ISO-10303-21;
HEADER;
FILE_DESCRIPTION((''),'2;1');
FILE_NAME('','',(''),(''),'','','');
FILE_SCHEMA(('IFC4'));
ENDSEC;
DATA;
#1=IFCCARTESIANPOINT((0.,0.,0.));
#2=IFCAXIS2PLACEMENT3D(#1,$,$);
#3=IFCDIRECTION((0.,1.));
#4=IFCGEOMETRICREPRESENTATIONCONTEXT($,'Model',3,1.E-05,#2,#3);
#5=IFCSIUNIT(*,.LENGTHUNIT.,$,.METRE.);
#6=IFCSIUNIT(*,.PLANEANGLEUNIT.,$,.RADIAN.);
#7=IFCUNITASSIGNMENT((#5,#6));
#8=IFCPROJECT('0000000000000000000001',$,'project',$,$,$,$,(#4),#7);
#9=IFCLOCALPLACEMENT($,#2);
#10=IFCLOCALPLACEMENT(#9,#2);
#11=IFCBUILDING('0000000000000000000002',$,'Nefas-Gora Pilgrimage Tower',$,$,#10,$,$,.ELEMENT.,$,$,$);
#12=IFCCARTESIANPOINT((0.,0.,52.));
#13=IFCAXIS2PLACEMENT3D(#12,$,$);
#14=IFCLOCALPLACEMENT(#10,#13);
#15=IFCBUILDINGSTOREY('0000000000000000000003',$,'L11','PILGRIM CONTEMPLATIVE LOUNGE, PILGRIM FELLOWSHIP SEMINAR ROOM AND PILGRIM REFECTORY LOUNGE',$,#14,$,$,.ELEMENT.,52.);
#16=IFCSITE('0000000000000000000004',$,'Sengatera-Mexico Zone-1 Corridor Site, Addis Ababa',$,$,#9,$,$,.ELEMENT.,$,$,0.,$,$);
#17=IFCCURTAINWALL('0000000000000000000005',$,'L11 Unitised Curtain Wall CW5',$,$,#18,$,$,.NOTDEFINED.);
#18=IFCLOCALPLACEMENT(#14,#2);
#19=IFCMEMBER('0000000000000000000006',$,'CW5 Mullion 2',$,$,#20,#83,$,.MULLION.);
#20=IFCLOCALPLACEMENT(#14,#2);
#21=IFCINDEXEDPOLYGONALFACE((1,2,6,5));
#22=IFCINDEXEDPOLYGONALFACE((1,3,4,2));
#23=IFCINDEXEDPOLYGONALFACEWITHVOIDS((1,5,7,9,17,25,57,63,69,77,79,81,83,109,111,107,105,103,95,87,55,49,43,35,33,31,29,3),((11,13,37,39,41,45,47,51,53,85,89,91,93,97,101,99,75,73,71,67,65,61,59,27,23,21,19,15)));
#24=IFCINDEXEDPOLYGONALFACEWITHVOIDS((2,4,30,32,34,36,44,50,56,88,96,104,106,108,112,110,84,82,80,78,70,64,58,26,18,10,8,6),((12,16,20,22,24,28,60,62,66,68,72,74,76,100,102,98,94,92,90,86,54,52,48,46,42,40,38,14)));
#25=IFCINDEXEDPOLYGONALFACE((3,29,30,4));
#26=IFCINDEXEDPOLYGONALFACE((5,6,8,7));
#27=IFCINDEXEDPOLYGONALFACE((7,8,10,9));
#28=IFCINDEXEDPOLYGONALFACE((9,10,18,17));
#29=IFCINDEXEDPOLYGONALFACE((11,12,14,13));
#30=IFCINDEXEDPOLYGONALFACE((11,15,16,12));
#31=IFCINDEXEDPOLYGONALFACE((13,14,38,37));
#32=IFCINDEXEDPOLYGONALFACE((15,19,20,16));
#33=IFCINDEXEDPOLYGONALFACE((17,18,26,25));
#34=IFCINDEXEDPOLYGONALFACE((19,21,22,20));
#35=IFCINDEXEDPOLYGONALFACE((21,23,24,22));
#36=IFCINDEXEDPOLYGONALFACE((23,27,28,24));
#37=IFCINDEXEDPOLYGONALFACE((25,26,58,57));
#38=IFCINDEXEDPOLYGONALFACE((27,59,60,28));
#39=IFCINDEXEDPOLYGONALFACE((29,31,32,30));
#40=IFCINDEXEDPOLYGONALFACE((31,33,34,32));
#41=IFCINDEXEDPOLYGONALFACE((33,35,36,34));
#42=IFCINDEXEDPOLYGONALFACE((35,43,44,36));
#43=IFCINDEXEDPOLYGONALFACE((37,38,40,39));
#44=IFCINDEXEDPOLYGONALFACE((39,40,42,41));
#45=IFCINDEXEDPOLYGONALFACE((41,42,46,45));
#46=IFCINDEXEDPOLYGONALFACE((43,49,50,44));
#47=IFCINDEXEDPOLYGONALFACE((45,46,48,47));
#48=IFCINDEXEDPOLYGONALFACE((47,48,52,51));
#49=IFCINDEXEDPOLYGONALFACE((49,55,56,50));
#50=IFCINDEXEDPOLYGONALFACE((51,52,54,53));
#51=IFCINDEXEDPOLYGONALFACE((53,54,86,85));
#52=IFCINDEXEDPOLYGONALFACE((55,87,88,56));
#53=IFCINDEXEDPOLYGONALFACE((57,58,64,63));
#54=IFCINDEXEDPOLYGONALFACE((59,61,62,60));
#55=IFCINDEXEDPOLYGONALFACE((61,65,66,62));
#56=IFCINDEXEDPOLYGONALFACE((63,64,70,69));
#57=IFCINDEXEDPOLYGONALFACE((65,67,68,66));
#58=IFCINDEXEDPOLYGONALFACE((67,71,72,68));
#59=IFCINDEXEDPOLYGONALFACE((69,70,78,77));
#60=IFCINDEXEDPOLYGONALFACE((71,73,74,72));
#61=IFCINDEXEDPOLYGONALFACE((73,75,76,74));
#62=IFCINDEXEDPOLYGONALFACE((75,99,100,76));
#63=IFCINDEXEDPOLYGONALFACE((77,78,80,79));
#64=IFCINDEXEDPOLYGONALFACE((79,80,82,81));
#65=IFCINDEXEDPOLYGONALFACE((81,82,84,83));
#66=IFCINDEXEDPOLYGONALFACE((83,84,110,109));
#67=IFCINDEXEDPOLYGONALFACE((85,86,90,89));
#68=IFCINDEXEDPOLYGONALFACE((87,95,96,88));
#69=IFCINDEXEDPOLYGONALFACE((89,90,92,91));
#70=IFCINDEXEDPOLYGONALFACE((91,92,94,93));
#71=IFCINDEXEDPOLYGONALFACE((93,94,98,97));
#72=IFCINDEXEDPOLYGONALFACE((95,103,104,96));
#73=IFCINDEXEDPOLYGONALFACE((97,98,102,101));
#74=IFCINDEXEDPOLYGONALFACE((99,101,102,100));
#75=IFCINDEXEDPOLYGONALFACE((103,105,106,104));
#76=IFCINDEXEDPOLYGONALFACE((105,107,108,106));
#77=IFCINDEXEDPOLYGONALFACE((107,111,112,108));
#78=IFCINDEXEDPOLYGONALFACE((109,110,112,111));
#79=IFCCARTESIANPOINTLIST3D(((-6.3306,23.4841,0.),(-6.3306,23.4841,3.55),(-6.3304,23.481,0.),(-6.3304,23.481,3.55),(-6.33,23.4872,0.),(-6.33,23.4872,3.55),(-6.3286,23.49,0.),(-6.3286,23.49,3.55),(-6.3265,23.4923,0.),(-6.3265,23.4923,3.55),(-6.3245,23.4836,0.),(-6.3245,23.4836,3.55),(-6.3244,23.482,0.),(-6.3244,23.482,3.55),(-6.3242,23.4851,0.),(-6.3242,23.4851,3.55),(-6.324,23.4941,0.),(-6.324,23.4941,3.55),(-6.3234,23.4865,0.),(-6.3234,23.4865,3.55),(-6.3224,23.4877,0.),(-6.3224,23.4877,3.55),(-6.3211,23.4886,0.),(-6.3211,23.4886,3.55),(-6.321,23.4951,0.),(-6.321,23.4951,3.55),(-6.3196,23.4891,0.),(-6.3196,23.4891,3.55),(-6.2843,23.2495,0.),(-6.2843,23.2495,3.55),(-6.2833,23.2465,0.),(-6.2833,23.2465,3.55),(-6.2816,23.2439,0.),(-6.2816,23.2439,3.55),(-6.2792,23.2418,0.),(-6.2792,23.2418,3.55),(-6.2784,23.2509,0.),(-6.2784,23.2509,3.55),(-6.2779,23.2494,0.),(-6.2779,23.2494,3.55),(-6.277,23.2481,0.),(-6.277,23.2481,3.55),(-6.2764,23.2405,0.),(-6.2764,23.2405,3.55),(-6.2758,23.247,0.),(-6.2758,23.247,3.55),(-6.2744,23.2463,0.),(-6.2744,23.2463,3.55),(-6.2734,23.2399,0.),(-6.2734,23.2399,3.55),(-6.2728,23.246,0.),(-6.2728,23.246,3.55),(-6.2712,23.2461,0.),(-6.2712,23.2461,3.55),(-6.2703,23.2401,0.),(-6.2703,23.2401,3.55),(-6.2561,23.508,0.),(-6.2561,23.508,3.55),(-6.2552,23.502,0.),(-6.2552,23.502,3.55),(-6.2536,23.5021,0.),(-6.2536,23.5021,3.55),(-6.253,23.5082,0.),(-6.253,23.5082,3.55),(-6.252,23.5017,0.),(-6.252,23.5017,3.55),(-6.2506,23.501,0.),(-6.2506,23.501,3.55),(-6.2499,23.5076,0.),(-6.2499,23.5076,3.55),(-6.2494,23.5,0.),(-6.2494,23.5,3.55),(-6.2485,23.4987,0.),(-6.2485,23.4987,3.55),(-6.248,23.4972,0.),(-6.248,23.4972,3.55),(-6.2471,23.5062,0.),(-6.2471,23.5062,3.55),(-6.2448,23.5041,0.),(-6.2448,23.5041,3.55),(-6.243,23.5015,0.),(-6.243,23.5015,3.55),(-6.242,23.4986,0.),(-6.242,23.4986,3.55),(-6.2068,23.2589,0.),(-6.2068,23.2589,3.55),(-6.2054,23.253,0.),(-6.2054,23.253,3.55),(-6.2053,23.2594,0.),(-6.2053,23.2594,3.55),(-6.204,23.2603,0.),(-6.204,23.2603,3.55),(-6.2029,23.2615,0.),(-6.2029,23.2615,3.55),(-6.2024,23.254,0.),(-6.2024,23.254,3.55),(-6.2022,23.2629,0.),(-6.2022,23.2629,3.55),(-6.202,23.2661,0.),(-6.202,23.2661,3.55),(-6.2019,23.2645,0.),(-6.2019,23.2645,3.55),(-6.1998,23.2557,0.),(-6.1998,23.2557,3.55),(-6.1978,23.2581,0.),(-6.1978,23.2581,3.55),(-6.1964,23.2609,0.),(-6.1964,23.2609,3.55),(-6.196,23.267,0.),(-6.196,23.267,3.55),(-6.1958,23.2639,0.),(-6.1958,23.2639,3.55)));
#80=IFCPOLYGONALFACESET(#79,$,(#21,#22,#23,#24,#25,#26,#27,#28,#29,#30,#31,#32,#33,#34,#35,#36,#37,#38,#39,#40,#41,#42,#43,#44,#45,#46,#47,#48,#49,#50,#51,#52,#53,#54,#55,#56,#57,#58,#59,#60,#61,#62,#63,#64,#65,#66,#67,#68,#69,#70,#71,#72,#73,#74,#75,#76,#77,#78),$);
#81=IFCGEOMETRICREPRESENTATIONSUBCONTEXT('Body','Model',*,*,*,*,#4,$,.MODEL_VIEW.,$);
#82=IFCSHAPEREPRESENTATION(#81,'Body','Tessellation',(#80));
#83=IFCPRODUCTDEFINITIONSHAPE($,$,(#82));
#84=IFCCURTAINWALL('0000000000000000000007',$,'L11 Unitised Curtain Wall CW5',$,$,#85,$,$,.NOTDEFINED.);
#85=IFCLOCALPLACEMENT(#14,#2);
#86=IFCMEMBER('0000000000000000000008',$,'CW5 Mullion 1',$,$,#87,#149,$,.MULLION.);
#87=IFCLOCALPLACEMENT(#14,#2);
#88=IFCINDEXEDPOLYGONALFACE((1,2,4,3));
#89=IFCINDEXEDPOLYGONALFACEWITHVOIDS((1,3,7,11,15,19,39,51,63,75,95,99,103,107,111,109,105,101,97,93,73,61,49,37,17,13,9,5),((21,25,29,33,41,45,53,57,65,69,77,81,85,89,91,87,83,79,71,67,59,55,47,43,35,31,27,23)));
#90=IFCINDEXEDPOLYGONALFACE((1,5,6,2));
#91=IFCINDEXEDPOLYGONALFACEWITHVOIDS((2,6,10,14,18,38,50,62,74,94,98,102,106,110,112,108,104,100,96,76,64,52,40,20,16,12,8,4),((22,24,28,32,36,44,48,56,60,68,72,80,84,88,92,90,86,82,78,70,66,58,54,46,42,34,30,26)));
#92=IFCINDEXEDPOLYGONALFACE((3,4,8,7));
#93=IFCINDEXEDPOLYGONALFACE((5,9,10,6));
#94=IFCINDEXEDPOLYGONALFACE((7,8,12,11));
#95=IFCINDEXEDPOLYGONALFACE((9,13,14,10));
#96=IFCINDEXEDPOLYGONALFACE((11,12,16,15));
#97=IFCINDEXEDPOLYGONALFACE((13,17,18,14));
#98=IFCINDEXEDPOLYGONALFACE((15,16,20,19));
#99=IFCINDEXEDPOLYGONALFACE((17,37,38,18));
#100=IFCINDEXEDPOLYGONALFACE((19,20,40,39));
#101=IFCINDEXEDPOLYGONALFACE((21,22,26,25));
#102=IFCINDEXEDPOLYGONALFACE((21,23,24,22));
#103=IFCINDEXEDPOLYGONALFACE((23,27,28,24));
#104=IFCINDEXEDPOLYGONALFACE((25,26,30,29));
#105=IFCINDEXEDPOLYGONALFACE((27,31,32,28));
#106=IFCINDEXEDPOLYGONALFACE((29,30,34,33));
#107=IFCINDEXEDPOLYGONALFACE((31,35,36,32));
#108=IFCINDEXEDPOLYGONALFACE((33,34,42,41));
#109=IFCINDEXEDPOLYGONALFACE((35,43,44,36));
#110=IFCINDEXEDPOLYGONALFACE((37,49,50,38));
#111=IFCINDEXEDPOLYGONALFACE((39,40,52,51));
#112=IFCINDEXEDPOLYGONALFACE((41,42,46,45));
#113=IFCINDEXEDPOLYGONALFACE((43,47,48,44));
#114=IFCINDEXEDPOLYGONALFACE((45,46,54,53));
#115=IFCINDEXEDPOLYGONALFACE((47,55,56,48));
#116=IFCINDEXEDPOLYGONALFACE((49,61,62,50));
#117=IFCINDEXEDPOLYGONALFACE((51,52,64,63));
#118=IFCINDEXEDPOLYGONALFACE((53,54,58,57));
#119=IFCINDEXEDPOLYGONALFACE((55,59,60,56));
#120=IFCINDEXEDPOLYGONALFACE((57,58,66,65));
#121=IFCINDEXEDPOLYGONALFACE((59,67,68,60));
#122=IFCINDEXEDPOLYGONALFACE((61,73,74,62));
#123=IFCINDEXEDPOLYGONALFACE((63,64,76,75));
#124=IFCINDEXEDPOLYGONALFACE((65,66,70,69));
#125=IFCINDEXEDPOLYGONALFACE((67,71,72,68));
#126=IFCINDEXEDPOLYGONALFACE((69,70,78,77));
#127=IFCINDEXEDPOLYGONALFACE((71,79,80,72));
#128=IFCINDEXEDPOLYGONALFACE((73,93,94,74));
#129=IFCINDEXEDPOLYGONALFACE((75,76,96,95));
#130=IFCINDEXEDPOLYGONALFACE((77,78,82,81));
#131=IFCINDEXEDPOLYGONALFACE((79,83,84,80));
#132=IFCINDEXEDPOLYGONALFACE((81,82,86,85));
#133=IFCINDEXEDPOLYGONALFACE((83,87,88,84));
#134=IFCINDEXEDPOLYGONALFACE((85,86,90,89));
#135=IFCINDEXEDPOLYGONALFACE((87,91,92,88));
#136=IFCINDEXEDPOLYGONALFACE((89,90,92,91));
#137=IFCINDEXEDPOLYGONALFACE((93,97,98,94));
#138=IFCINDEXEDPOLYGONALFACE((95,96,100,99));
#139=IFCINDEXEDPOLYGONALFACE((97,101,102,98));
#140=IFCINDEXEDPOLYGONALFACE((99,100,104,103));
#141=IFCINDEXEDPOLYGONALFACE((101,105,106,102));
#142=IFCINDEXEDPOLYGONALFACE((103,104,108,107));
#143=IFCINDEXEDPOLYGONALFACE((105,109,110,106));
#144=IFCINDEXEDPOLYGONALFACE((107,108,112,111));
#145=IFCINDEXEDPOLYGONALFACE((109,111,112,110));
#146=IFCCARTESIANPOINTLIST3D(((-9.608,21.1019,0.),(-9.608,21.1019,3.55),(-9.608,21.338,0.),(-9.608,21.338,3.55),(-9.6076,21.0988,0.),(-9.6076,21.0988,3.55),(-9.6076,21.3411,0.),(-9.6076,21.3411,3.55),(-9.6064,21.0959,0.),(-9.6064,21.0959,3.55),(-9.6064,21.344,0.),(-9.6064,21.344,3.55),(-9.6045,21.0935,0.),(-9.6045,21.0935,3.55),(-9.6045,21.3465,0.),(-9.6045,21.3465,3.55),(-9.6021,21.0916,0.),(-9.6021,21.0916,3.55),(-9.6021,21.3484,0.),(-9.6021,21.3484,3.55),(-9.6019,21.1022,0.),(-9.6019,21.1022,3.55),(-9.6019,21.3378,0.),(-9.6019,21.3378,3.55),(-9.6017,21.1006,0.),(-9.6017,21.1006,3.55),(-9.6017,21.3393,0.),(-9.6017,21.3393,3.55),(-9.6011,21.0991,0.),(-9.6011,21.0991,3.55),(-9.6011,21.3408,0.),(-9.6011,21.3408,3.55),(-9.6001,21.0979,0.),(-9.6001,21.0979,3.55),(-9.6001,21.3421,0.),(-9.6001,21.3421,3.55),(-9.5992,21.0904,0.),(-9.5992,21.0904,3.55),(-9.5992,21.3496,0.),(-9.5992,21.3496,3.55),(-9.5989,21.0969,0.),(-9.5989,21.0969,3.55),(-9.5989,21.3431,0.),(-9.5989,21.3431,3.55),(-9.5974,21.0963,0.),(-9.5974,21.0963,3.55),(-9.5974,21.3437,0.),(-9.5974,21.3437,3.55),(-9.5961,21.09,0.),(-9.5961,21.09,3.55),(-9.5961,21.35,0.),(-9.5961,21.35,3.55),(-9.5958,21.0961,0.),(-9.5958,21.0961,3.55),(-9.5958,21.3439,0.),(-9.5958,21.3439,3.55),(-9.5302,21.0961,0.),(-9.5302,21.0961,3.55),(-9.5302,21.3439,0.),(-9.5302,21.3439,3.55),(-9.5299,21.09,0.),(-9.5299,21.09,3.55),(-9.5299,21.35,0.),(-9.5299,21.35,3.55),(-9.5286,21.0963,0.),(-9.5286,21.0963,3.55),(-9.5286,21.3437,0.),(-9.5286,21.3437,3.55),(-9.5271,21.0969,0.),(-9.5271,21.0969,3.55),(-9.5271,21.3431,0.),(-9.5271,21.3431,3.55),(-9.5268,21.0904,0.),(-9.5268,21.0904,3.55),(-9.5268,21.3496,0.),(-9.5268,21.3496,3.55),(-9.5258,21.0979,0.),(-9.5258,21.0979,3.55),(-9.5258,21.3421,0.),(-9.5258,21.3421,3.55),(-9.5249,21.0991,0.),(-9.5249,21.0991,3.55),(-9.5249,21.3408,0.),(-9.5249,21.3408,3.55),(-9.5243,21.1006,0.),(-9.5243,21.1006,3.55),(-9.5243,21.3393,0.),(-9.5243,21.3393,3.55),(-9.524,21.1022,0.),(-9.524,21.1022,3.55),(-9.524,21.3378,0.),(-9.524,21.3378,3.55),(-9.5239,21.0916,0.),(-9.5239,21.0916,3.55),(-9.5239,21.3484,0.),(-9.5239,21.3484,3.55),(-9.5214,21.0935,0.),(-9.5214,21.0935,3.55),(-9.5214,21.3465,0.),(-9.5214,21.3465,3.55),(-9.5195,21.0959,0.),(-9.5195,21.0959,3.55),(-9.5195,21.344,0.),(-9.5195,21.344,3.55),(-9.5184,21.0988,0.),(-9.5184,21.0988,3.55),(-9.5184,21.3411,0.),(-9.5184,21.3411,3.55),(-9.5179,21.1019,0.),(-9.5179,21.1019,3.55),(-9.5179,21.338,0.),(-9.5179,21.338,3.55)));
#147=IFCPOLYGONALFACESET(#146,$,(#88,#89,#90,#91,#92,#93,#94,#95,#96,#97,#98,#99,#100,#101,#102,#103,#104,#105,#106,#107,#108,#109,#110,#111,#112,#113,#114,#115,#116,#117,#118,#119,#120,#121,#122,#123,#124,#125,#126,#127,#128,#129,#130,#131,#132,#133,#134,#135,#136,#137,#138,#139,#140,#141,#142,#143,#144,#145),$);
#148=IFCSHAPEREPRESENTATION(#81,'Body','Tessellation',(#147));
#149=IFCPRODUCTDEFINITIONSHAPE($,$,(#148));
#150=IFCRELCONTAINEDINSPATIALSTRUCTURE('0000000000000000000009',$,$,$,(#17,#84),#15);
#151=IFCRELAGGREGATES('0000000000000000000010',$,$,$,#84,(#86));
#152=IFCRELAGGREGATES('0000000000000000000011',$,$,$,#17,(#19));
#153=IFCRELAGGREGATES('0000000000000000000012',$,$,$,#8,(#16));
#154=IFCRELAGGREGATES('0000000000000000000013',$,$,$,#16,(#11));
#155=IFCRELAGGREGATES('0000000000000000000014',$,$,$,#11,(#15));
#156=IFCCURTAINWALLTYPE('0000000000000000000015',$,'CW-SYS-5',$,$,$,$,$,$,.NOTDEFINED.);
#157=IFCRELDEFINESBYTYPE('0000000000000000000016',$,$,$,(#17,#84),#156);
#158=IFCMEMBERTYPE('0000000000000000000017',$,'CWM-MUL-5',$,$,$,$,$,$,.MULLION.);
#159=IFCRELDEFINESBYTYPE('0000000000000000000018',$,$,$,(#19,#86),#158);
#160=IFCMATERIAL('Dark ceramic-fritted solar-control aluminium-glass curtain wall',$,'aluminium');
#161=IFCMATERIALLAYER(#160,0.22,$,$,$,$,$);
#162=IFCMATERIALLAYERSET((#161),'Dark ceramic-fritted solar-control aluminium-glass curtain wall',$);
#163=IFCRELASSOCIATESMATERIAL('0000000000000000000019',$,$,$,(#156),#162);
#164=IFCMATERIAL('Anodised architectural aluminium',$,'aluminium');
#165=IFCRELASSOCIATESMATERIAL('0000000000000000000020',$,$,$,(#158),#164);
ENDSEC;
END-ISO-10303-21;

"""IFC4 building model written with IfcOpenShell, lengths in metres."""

from ifc_helpers import new_model, si_unit, direction, frame, origin, origin_2d, place, context, subcontext, project, spatial, hollow_rectangle, extrude, source, transform, mapped, material, layer, layer_set, material_profile, profile_set, type_object, element, aggregate, save


model = new_model("IFC4")

# Units and contexts
model_context = context("Model", 3, precision=1e-05, world=origin(), true_north=direction((0.0, 1.0)))
body_context = subcontext(model_context, "Body", "Model", "MODEL_VIEW")
ifc_project = project(units=[si_unit("LENGTHUNIT", "METRE"), si_unit("PLANEANGLEUNIT", "RADIAN")], contexts=[model_context])

# Site, building, storey
site_placement = place(None, origin())
site = spatial("IfcSite", under=ifc_project, at=site_placement, Name="Sengatera-Mexico Zone-1 Corridor Site, Addis Ababa", CompositionType="ELEMENT", RefElevation=0.0)
building_placement = place(site_placement, origin())
building = spatial("IfcBuilding", under=site, at=building_placement, Name="Nefas-Gora Pilgrimage Tower", CompositionType="ELEMENT")
storey_placement = place(building_placement, frame((0.0, 0.0, 52.0)))
storey = spatial("IfcBuildingStorey", under=building, at=storey_placement, Name="L11", Description="PILGRIM CONTEMPLATIVE LOUNGE, PILGRIM FELLOWSHIP SEMINAR ROOM AND PILGRIM REFECTORY LOUNGE", CompositionType="ELEMENT", Elevation=52.0)

# Shared definitions
ifc_material_1 = material(Name="Dark ceramic-fritted solar-control aluminium-glass curtain wall", Category="aluminium")
ifc_layer_1 = layer(ifc_material_1, 0.22)
ifc_layer_set_1 = layer_set([ifc_layer_1], Name="Dark ceramic-fritted solar-control aluminium-glass curtain wall")
curtain_wall_type = type_object("IfcCurtainWallType", Name="CW-SYS-5", PredefinedType="NOTDEFINED", material=ifc_layer_set_1)
ifc_material_2 = material(Name="Anodised architectural aluminium", Category="aluminium")
ifc_material_profile_1 = material_profile(ifc_material_2, hollow_rectangle(XDim=0.0901, YDim=0.26, WallThickness=0.0061, InnerFilletRadius=0.0061, OuterFilletRadius=0.012, at=origin_2d()), Name="ALU MULLION 90x260")
ifc_profile_set_1 = profile_set([ifc_material_profile_1], Name="Anodised architectural aluminium")
member_type_1 = type_object("IfcMemberType", Name="CWM-MUL-5", PredefinedType="MULLION", material=ifc_profile_set_1)
shared_shape_1 = source(origin(), body_context, "Body", "SweptSolid", [
    extrude(hollow_rectangle(XDim=0.0901, YDim=0.26, WallThickness=0.0061, InnerFilletRadius=0.0061, OuterFilletRadius=0.012, at=origin_2d()), origin(), (0.0, 0.0, 1.0), 3.55),
])

# Curtain walls, members
curtain_wall_1_placement = place(storey_placement, origin())
curtain_wall_1 = element("IfcCurtainWall", 1, at=curtain_wall_1_placement, inside=storey, type_object=curtain_wall_type, Name="L11 Unitised Curtain Wall CW5", PredefinedType="NOTDEFINED")
member_1_placement = place(storey_placement, frame((-6.2632, 23.374, 0.0), z_axis=(0.0, 0.0, 1.0), x_axis=(-0.980783, -0.195102, 0.0)))
member_1 = element("IfcMember", 2, at=member_1_placement, type_object=member_type_1, Name="CW5 Mullion 2", PredefinedType="MULLION", context=body_context, shape_type="MappedRepresentation", body=[
    mapped(shared_shape_1, transform((0.0, 0.0, 0.0), x_axis=(1.0, 0.0, 0.0), y_axis=(0.0, 1.0, 0.0), z_axis=(0.0, 0.0, 1.0), scale=1.0)),
])
curtain_wall_2_placement = place(storey_placement, origin())
curtain_wall_2 = element("IfcCurtainWall", 3, at=curtain_wall_2_placement, inside=storey, type_object=curtain_wall_type, Name="L11 Unitised Curtain Wall CW5", PredefinedType="NOTDEFINED")
member_2_placement = place(storey_placement, frame((-9.563, 21.22, 0.0), z_axis=(0.0, 0.0, 1.0), x_axis=(-1.0, 0.0, 0.0)))
member_2 = element("IfcMember", 4, at=member_2_placement, type_object=member_type_1, Name="CW5 Mullion 1", PredefinedType="MULLION", context=body_context, shape_type="MappedRepresentation", body=[
    mapped(shared_shape_1, transform((0.0, 0.0, 0.0), x_axis=(1.0, 0.0, 0.0), y_axis=(0.0, 1.0, 0.0), z_axis=(0.0, 0.0, 1.0), scale=1.0)),
])
aggregate(curtain_wall_2, [member_2])

aggregate(curtain_wall_1, [member_1])

save(model, "model.ifc")
